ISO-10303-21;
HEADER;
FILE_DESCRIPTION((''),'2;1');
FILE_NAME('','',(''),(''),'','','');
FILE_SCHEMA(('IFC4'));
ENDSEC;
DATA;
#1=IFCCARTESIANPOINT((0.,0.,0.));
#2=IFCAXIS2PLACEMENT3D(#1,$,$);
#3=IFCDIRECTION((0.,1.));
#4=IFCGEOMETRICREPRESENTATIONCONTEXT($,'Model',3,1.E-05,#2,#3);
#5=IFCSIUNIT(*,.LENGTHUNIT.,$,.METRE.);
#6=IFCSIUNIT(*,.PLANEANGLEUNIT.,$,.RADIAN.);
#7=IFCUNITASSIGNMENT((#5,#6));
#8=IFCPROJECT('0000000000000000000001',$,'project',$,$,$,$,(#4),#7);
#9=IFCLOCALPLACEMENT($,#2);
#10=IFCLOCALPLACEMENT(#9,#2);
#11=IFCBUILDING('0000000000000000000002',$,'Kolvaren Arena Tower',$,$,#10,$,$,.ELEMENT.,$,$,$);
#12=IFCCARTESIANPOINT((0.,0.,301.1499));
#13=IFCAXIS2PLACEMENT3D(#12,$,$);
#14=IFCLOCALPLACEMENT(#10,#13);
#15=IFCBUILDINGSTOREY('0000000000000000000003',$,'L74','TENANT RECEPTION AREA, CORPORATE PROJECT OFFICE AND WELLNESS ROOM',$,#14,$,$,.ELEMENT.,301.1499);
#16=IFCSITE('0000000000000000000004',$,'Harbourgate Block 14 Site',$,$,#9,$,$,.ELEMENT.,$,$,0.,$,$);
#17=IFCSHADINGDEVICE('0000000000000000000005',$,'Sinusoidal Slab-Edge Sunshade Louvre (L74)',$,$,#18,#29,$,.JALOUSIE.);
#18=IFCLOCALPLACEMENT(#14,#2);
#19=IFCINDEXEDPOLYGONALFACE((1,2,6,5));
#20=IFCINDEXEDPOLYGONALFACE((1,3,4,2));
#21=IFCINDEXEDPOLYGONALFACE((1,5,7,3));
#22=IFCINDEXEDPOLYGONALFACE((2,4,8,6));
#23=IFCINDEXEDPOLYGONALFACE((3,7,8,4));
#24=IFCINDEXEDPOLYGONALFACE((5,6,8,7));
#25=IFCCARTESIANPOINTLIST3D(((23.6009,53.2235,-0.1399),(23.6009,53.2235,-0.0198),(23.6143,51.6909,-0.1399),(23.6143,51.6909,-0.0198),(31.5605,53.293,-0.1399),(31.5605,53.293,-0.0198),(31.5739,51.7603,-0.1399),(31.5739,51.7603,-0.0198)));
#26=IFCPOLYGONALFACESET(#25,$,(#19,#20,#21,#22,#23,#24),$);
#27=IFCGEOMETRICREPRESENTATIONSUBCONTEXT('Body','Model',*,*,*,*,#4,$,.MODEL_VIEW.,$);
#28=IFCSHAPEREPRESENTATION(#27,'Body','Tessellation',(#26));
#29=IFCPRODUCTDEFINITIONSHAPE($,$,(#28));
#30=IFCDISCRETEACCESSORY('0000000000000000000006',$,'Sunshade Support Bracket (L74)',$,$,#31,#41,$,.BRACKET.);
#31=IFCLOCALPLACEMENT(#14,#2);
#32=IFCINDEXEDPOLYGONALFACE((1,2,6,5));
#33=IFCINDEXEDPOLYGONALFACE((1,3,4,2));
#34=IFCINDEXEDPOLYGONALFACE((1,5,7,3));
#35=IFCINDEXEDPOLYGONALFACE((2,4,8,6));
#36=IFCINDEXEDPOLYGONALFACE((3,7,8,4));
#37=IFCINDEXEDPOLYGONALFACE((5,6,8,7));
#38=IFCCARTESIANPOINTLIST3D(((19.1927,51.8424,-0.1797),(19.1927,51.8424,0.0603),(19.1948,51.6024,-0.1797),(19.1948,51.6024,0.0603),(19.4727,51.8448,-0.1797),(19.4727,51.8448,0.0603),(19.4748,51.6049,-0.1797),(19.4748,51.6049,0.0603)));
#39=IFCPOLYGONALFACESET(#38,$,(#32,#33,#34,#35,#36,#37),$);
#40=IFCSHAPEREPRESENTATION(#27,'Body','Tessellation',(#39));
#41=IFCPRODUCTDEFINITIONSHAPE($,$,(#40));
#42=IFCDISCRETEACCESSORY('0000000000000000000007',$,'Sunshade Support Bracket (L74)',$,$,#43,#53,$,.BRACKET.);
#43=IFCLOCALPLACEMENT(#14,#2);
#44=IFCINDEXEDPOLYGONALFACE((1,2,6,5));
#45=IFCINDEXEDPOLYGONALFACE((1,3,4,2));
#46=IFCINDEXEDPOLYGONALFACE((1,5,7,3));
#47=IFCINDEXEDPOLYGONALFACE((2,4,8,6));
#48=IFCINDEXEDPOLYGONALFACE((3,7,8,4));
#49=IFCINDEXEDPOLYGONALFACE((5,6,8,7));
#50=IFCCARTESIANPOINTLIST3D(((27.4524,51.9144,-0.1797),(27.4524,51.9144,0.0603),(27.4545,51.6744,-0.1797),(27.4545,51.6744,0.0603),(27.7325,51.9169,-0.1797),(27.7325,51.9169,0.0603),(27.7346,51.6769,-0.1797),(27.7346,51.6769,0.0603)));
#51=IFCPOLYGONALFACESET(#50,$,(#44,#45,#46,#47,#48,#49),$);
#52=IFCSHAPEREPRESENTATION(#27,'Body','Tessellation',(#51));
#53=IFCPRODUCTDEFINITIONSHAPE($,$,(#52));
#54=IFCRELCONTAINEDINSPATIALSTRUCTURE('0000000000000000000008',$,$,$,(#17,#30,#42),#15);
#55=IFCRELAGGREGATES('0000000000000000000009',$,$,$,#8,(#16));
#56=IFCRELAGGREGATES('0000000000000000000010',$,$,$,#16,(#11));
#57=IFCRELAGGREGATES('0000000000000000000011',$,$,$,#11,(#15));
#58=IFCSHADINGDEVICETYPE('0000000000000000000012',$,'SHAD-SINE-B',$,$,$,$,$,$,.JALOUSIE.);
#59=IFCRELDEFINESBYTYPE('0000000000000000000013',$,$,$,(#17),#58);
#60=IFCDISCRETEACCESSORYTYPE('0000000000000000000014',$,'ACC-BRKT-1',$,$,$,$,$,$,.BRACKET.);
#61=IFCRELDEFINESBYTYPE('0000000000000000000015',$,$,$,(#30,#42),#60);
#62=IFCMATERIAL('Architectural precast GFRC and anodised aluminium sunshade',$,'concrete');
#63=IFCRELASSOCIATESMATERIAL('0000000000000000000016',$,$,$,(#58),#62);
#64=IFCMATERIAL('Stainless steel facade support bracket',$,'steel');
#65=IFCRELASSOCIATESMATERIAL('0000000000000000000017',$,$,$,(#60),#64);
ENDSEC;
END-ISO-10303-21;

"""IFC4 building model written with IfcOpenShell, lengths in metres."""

from ifc_helpers import new_model, si_unit, direction, frame, origin, origin_2d, place, context, subcontext, project, spatial, rectangle, extrude, material, type_object, element, save


model = new_model("IFC4")

# Units and contexts
model_context = context("Model", 3, precision=1e-05, world=origin(), true_north=direction((0.0, 1.0)))
body_context = subcontext(model_context, "Body", "Model", "MODEL_VIEW")
ifc_project = project(units=[si_unit("LENGTHUNIT", "METRE"), si_unit("PLANEANGLEUNIT", "RADIAN")], contexts=[model_context])

# Site, building, storey
site_placement = place(None, origin())
site = spatial("IfcSite", under=ifc_project, at=site_placement, Name="Harbourgate Block 14 Site", CompositionType="ELEMENT", RefElevation=0.0)
building_placement = place(site_placement, origin())
building = spatial("IfcBuilding", under=site, at=building_placement, Name="Kolvaren Arena Tower", CompositionType="ELEMENT")
storey_placement = place(building_placement, frame((0.0, 0.0, 301.1499)))
storey = spatial("IfcBuildingStorey", under=building, at=storey_placement, Name="L74", Description="TENANT RECEPTION AREA, CORPORATE PROJECT OFFICE AND WELLNESS ROOM", CompositionType="ELEMENT", Elevation=301.1499)

# Shading device
ifc_material_1 = material(Name="Architectural precast GFRC and anodised aluminium sunshade", Category="concrete")
shading_device_type_1 = type_object("IfcShadingDeviceType", Name="SHAD-SINE-B", PredefinedType="JALOUSIE", material=ifc_material_1)
shading_device_1_placement = place(storey_placement, frame((27.5874, 52.4919, -0.1399), z_axis=(0.0, 0.0, 1.0), x_axis=(0.999962, 0.008727, 0.0)))
element("IfcShadingDevice", 1, at=shading_device_1_placement, inside=storey, type_object=shading_device_type_1, Name="Sinusoidal Slab-Edge Sunshade Louvre (L74)", PredefinedType="JALOUSIE", context=body_context, shape_type="SweptSolid", body=[
    extrude(rectangle(XDim=7.96, YDim=1.5327, at=origin_2d()), origin(), (0.0, 0.0, 1.0), 0.1201),
])

# Discrete accessories
ifc_material_2 = material(Name="Stainless steel facade support bracket", Category="steel")
discrete_accessory_type = type_object("IfcDiscreteAccessoryType", Name="ACC-BRKT-1", PredefinedType="BRACKET", material=ifc_material_2)
for number, where, z_axis, x_axis, name in (
    (2, (19.3337, 51.7236, -0.1797), (0.0, 0.0, 1.0), (0.999962, 0.008727, 0.0), "Sunshade Support Bracket (L74)"),
    (3, (27.5935, 51.7957, -0.1797), (0.0, 0.0, 1.0), (0.999962, 0.008727, 0.0), "Sunshade Support Bracket (L74)"),
):
    element("IfcDiscreteAccessory", number, at=place(storey_placement, frame(where, z_axis=z_axis, x_axis=x_axis)), inside=storey, type_object=discrete_accessory_type, Name=name, PredefinedType="BRACKET", context=body_context, shape_type="SweptSolid", body=[
        extrude(rectangle(XDim=0.28, YDim=0.24, at=origin_2d()), origin(), (0.0, 0.0, 1.0), 0.24),
    ])

save(model, "model.ifc")
